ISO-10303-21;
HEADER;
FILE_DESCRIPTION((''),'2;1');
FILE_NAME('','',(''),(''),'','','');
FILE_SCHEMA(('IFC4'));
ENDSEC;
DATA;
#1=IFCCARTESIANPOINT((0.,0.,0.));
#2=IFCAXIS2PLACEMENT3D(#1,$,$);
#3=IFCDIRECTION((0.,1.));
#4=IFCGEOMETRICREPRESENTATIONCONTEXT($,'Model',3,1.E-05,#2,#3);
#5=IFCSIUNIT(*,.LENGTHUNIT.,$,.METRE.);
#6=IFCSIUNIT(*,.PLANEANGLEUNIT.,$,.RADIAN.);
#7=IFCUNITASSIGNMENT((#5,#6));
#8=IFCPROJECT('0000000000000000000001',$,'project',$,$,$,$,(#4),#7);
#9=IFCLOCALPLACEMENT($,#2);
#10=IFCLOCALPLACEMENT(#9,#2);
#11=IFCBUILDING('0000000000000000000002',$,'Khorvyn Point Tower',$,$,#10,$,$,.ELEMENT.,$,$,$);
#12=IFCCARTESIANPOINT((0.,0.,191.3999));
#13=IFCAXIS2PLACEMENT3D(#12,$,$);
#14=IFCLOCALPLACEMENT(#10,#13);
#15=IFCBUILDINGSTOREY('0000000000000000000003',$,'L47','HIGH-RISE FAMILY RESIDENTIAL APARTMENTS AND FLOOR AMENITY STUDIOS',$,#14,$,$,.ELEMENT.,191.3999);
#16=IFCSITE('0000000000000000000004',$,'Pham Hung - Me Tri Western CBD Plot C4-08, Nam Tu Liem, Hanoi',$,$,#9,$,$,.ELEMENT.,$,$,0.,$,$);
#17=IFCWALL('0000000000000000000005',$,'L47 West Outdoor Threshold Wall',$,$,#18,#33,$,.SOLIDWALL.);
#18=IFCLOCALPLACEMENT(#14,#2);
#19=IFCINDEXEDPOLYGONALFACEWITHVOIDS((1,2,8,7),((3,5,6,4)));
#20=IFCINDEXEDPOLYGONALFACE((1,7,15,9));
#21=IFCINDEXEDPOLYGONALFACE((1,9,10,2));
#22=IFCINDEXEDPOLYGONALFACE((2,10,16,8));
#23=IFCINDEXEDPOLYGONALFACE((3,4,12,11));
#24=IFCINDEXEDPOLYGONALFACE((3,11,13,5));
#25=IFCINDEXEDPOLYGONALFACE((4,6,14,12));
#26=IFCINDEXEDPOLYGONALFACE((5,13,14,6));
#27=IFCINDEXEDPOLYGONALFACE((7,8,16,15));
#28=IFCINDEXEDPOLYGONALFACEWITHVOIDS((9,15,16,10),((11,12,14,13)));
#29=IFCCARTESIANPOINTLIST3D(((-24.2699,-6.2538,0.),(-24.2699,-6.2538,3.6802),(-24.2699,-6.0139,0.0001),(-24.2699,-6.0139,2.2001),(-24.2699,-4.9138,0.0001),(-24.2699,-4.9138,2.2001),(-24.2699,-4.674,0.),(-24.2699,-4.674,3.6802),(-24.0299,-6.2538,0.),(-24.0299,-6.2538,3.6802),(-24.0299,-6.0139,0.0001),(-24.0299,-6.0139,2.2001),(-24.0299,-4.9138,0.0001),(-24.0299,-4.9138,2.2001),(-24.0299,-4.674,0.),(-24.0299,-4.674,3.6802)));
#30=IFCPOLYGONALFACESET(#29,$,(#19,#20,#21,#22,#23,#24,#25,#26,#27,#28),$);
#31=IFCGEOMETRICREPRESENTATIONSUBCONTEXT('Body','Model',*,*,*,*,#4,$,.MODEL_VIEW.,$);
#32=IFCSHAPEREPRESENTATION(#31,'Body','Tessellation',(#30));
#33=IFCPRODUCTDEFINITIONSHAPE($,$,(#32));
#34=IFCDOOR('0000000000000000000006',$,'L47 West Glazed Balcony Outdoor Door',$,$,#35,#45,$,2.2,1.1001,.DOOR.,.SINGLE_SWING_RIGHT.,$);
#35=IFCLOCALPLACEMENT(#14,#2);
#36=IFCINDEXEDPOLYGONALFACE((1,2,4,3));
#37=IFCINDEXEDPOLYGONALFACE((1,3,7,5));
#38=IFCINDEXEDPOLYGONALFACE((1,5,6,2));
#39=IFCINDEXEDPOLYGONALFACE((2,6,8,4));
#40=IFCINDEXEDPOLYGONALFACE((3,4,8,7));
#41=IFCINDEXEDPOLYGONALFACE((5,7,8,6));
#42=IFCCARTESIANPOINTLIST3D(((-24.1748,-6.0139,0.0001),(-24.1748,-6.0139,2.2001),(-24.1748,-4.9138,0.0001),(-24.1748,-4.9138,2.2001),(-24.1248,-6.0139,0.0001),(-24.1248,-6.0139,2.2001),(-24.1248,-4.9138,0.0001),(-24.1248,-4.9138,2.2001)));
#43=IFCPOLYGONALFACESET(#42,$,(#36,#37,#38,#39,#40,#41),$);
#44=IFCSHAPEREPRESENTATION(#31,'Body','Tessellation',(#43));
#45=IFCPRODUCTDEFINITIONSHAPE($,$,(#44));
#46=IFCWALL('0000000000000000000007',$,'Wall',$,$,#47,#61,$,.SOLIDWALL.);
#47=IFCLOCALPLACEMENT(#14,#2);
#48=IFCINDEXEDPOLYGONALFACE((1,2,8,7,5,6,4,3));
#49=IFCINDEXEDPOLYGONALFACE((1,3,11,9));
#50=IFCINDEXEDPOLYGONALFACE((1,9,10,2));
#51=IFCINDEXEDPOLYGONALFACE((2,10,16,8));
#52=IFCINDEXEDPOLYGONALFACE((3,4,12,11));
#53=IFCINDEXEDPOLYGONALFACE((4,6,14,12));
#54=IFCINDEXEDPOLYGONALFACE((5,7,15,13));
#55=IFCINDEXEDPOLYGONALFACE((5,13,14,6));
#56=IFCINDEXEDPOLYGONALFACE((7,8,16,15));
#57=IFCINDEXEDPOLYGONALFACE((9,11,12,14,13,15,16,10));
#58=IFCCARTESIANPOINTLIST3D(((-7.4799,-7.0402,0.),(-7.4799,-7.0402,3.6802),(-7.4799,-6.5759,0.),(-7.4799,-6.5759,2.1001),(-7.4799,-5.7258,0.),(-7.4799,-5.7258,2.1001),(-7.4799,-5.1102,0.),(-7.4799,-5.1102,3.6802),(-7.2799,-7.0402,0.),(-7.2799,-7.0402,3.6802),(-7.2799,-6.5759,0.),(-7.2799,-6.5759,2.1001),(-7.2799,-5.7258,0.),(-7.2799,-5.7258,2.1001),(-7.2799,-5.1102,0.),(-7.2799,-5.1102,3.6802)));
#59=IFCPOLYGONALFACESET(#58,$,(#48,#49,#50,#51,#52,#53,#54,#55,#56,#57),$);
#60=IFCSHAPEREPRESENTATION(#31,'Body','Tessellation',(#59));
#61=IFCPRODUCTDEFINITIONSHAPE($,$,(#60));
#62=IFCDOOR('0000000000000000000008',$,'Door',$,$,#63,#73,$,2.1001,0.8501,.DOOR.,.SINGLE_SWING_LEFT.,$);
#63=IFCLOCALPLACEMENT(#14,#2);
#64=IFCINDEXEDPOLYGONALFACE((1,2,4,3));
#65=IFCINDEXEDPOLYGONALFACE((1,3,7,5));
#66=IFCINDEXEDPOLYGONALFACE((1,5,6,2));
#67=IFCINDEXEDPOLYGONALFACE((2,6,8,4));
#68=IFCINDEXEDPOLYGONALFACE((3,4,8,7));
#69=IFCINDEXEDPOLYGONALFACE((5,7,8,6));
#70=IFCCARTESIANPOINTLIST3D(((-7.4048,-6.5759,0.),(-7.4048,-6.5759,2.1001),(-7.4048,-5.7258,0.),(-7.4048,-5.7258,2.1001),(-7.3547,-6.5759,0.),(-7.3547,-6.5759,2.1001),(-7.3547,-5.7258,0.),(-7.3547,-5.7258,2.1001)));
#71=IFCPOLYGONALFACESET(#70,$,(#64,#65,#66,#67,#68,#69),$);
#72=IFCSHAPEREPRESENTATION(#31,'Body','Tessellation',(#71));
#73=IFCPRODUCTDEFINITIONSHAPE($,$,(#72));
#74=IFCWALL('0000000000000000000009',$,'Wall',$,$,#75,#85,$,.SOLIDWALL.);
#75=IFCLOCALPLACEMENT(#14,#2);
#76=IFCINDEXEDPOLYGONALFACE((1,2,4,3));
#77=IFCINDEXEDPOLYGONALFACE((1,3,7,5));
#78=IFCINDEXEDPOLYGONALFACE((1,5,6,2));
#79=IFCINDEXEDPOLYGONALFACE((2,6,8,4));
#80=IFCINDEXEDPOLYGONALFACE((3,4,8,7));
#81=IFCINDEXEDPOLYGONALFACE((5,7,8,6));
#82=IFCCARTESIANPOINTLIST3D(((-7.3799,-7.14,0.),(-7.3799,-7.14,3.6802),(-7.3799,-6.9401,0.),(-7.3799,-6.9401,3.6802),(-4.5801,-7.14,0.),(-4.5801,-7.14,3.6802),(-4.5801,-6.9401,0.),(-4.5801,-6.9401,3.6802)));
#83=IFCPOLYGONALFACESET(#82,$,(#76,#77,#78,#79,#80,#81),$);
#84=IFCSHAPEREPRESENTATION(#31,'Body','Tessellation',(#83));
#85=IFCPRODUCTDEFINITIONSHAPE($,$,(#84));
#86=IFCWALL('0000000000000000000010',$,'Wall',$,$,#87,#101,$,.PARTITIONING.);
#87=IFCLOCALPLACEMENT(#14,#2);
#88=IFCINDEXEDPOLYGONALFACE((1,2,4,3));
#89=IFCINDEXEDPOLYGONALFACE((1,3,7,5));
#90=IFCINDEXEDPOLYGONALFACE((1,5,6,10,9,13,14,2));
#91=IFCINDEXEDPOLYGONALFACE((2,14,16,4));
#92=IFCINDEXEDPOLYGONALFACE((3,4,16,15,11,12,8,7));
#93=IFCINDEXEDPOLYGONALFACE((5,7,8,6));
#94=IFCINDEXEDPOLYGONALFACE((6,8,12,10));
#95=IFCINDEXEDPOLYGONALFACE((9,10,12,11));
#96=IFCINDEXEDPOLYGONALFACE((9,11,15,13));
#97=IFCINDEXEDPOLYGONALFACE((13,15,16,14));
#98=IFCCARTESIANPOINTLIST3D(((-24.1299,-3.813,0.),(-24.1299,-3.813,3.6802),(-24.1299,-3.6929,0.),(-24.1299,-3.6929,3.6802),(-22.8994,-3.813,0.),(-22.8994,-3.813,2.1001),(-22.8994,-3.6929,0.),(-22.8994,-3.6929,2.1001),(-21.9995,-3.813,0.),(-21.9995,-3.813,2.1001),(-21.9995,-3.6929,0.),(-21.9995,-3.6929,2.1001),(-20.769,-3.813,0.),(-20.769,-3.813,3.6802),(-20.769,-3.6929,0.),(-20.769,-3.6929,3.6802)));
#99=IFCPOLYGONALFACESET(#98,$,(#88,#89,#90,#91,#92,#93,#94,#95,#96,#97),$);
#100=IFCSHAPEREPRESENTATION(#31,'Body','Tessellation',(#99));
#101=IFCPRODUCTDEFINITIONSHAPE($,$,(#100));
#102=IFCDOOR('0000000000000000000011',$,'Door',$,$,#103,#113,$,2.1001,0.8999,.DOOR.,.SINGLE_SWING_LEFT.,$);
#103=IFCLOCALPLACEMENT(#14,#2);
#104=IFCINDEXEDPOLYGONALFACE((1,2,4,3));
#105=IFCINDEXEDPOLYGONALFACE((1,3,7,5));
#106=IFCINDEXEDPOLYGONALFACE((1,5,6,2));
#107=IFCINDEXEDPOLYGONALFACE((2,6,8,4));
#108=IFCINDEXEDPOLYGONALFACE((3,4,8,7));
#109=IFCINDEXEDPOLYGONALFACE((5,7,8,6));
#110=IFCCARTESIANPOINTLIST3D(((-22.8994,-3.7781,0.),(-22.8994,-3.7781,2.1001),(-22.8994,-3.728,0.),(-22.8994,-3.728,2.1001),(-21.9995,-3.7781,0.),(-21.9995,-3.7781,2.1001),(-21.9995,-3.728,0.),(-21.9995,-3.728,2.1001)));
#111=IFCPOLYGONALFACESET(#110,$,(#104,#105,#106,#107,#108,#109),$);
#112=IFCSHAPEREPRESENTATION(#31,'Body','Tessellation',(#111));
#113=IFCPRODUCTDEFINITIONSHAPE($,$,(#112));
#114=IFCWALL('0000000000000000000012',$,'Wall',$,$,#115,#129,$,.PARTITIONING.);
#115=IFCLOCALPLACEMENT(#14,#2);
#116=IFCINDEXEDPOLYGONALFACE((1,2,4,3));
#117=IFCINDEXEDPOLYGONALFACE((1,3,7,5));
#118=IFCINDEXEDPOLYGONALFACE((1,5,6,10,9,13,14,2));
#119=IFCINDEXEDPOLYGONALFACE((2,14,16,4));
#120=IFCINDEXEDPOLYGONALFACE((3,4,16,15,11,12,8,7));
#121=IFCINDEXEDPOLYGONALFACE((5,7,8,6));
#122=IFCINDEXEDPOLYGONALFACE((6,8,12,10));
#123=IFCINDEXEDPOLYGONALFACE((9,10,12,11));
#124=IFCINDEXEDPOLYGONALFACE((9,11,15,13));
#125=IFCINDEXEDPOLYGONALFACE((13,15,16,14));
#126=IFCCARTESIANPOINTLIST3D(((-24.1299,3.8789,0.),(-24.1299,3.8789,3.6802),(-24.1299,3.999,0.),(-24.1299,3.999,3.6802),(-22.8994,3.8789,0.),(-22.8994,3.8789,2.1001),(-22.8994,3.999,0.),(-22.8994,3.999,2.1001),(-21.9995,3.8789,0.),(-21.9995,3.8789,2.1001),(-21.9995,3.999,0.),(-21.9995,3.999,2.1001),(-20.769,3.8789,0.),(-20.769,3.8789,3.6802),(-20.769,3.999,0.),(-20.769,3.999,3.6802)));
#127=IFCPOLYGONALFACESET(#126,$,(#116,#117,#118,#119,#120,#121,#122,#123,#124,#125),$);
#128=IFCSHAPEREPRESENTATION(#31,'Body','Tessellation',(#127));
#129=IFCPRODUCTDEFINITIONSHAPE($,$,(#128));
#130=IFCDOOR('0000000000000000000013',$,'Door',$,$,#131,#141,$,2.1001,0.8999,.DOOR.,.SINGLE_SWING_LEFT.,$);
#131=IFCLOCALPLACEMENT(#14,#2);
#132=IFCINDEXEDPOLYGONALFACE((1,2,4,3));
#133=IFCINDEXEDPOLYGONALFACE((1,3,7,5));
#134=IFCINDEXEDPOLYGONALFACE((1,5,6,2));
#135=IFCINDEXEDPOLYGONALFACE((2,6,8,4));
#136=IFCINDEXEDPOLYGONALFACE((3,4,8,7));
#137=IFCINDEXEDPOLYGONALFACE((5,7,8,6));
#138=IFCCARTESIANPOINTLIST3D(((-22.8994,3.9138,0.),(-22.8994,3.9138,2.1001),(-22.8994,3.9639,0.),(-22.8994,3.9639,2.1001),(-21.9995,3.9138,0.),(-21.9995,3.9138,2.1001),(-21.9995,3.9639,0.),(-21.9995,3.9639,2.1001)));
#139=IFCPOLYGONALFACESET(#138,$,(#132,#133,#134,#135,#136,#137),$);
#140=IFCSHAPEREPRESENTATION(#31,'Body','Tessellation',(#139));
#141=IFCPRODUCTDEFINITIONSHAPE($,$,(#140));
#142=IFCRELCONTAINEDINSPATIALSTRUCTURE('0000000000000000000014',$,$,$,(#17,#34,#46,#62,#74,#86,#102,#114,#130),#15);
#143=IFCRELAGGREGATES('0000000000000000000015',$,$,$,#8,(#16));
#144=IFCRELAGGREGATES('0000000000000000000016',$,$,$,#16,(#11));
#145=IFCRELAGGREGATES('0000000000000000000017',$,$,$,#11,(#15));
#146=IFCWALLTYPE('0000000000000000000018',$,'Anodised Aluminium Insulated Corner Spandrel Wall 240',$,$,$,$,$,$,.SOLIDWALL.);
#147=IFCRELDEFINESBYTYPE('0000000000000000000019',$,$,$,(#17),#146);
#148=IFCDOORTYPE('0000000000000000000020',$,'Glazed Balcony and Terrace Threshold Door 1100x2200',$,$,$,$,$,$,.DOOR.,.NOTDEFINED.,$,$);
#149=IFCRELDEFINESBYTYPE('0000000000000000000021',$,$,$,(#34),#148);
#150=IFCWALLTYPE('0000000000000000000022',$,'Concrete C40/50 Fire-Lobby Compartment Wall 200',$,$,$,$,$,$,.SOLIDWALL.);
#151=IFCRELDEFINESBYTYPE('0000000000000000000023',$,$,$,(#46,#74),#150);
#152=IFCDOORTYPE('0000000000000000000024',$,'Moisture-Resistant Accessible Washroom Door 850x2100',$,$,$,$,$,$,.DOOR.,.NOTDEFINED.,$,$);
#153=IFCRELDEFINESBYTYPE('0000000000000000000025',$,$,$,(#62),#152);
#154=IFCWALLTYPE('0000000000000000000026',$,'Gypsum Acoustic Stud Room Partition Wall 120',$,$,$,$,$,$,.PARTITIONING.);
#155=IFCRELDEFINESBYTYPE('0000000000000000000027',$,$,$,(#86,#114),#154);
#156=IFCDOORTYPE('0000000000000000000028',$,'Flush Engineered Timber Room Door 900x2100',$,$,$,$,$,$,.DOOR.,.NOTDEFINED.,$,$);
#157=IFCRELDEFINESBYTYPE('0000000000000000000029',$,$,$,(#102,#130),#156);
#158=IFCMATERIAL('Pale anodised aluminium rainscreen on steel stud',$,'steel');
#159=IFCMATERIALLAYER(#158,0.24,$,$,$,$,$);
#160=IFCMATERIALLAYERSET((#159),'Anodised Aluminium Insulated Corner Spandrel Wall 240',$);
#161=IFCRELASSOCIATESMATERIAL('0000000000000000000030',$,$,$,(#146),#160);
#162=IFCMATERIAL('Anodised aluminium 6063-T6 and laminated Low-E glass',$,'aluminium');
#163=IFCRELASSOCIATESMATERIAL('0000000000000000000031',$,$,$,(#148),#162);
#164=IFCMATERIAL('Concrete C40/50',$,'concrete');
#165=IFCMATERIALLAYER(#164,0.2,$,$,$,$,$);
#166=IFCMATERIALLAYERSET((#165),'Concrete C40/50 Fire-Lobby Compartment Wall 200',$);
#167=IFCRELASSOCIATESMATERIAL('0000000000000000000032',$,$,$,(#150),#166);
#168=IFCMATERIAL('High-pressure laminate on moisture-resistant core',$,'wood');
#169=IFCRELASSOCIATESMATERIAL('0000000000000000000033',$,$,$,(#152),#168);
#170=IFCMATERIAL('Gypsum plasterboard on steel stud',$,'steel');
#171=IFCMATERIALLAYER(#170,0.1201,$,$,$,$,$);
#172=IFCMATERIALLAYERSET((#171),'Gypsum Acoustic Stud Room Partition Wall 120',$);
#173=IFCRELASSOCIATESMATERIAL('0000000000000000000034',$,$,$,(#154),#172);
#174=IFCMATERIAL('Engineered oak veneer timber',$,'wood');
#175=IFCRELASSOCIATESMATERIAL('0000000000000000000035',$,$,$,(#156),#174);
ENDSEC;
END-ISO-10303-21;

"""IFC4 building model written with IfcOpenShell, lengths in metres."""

from ifc_helpers import new_model, si_unit, direction, frame, frame_2d, origin, place, context, subcontext, project, spatial, rectangle, extrude, material, layer, layer_set, type_object, element, fill, save


model = new_model("IFC4")

# Units and contexts
model_context = context("Model", 3, precision=1e-05, world=origin(), true_north=direction((0.0, 1.0)))
body_context = subcontext(model_context, "Body", "Model", "MODEL_VIEW")
ifc_project = project(units=[si_unit("LENGTHUNIT", "METRE"), si_unit("PLANEANGLEUNIT", "RADIAN")], contexts=[model_context])

# Site, building, storey
site_placement = place(None, origin())
site = spatial("IfcSite", under=ifc_project, at=site_placement, Name="Pham Hung - Me Tri Western CBD Plot C4-08, Nam Tu Liem, Hanoi", CompositionType="ELEMENT", RefElevation=0.0)
building_placement = place(site_placement, origin())
building = spatial("IfcBuilding", under=site, at=building_placement, Name="Khorvyn Point Tower", CompositionType="ELEMENT")
storey_placement = place(building_placement, frame((0.0, 0.0, 191.3999)))
storey = spatial("IfcBuildingStorey", under=building, at=storey_placement, Name="L47", Description="HIGH-RISE FAMILY RESIDENTIAL APARTMENTS AND FLOOR AMENITY STUDIOS", CompositionType="ELEMENT", Elevation=191.3999)

# Shared definitions
ifc_material_1 = material(Name="Anodised aluminium 6063-T6 and laminated Low-E glass", Category="aluminium")

# Walls, openings, doors
ifc_material_2 = material(Name="Pale anodised aluminium rainscreen on steel stud", Category="steel")
ifc_layer_1 = layer(ifc_material_2, 0.24)
ifc_layer_set_1 = layer_set([ifc_layer_1], Name="Anodised Aluminium Insulated Corner Spandrel Wall 240")
wall_type_1 = type_object("IfcWallType", Name="Anodised Aluminium Insulated Corner Spandrel Wall 240", PredefinedType="SOLIDWALL", material=ifc_layer_set_1)
wall_1_placement = place(storey_placement, frame((-24.1499, -6.2539, 0.0), z_axis=(0.0, 0.0, 1.0), x_axis=(0.0, 1.0, 0.0)))
wall_1 = element("IfcWall", 1, at=wall_1_placement, inside=storey, type_object=wall_type_1, Name="L47 West Outdoor Threshold Wall", PredefinedType="SOLIDWALL", context=body_context, shape_type="SweptSolid", body=[
    extrude(rectangle(XDim=1.5798, YDim=0.24, at=frame_2d((0.79, 0.0))), origin(), (0.0, 0.0, 1.0), 3.6802),
])
opening_1_placement = place(wall_1_placement, frame((0.24, 0.0, 0.0)))
opening_1 = element("IfcOpeningElement", 2, at=opening_1_placement, cuts=wall_1, PredefinedType="OPENING", context=body_context, shape_type="SweptSolid", body=[
    extrude(rectangle(XDim=1.1001, YDim=2.2, at=frame_2d((0.55, 1.1001))), frame((0.0, 0.1299, 0.0), z_axis=(0.0, -1.0, 0.0), x_axis=(1.0, 0.0, 0.0)), (0.0, 0.0, 1.0), 0.26),
])
door_type_1 = type_object("IfcDoorType", Name="Glazed Balcony and Terrace Threshold Door 1100x2200", OperationType="NOTDEFINED", PredefinedType="DOOR", material=ifc_material_1)
door_1_placement = place(opening_1_placement, origin())
door_1 = element("IfcDoor", 3, at=door_1_placement, inside=storey, type_object=door_type_1, Name="L47 West Glazed Balcony Outdoor Door", OperationType="SINGLE_SWING_RIGHT", OverallHeight=2.2, OverallWidth=1.1001, PredefinedType="DOOR", context=body_context, shape_type="SweptSolid", body=[
    extrude(rectangle(XDim=1.1001, YDim=2.2, at=frame_2d((0.55, 1.1001))), frame((0.0, 0.0249, 0.0), z_axis=(0.0, -1.0, 0.0), x_axis=(1.0, 0.0, 0.0)), (0.0, 0.0, 1.0), 0.05),
])
fill(opening_1, door_1)
ifc_material_3 = material(Name="Concrete C40/50", Category="concrete")
ifc_layer_2 = layer(ifc_material_3, 0.2)
ifc_layer_set_2 = layer_set([ifc_layer_2], Name="Concrete C40/50 Fire-Lobby Compartment Wall 200")
wall_type_2 = type_object("IfcWallType", Name="Concrete C40/50 Fire-Lobby Compartment Wall 200", PredefinedType="SOLIDWALL", material=ifc_layer_set_2)
wall_2_placement = place(storey_placement, frame((-7.3799, -7.04, 0.0), z_axis=(0.0, 0.0, 1.0), x_axis=(0.0, 1.0, 0.0)))
wall_2 = element("IfcWall", 4, at=wall_2_placement, inside=storey, type_object=wall_type_2, Name="Wall", PredefinedType="SOLIDWALL", context=body_context, shape_type="SweptSolid", body=[
    extrude(rectangle(XDim=1.9299, YDim=0.2, at=frame_2d((0.9648, 0.0))), origin(), (0.0, 0.0, 1.0), 3.6802),
])
opening_2_placement = place(wall_2_placement, frame((0.4641, 0.0, 0.0)))
opening_2 = element("IfcOpeningElement", 5, at=opening_2_placement, cuts=wall_2, PredefinedType="OPENING", context=body_context, shape_type="SweptSolid", body=[
    extrude(rectangle(XDim=0.8501, YDim=2.1001, at=frame_2d((0.425, 1.05))), frame((0.0, 0.1099, 0.0), z_axis=(0.0, -1.0, 0.0), x_axis=(1.0, 0.0, 0.0)), (0.0, 0.0, 1.0), 0.22),
])
ifc_material_4 = material(Name="High-pressure laminate on moisture-resistant core", Category="wood")
door_type_2 = type_object("IfcDoorType", Name="Moisture-Resistant Accessible Washroom Door 850x2100", OperationType="NOTDEFINED", PredefinedType="DOOR", material=ifc_material_4)
door_2_placement = place(opening_2_placement, origin())
door_2 = element("IfcDoor", 6, at=door_2_placement, inside=storey, type_object=door_type_2, Name="Door", OperationType="SINGLE_SWING_LEFT", OverallHeight=2.1001, OverallWidth=0.8501, PredefinedType="DOOR", context=body_context, shape_type="SweptSolid", body=[
    extrude(rectangle(XDim=0.8501, YDim=2.1001, at=frame_2d((0.425, 1.05))), frame((0.0, 0.0249, 0.0), z_axis=(0.0, -1.0, 0.0), x_axis=(1.0, 0.0, 0.0)), (0.0, 0.0, 1.0), 0.05),
])
fill(opening_2, door_2)

# Wall
wall_3_placement = place(storey_placement, frame((-7.3799, -7.04, 0.0), z_axis=(0.0, 0.0, 1.0), x_axis=(1.0, 0.0, 0.0)))
element("IfcWall", 7, at=wall_3_placement, inside=storey, type_object=wall_type_2, Name="Wall", PredefinedType="SOLIDWALL", context=body_context, shape_type="SweptSolid", body=[
    extrude(rectangle(XDim=2.7998, YDim=0.2, at=frame_2d((1.3999, 0.0))), origin(), (0.0, 0.0, 1.0), 3.6802),
])

# Walls, openings, doors
ifc_material_5 = material(Name="Gypsum plasterboard on steel stud", Category="steel")
ifc_layer_3 = layer(ifc_material_5, 0.1201)
ifc_layer_set_3 = layer_set([ifc_layer_3], Name="Gypsum Acoustic Stud Room Partition Wall 120")
wall_type_3 = type_object("IfcWallType", Name="Gypsum Acoustic Stud Room Partition Wall 120", PredefinedType="PARTITIONING", material=ifc_layer_set_3)
wall_4_placement = place(storey_placement, frame((-24.1299, -3.7529, 0.0), z_axis=(0.0, 0.0, 1.0), x_axis=(1.0, 0.0, 0.0)))
wall_4 = element("IfcWall", 8, at=wall_4_placement, inside=storey, type_object=wall_type_3, Name="Wall", PredefinedType="PARTITIONING", context=body_context, shape_type="SweptSolid", body=[
    extrude(rectangle(XDim=3.3608, YDim=0.1201, at=frame_2d((1.6804, 0.0))), origin(), (0.0, 0.0, 1.0), 3.6802),
])
opening_3_placement = place(wall_4_placement, frame((1.2305, 0.0, 0.0)))
opening_3 = element("IfcOpeningElement", 9, at=opening_3_placement, cuts=wall_4, PredefinedType="OPENING", context=body_context, shape_type="SweptSolid", body=[
    extrude(rectangle(XDim=0.8999, YDim=2.1001, at=frame_2d((0.45, 1.05))), frame((0.0, 0.0701, 0.0), z_axis=(0.0, -1.0, 0.0), x_axis=(1.0, 0.0, 0.0)), (0.0, 0.0, 1.0), 0.1401),
])
ifc_material_6 = material(Name="Engineered oak veneer timber", Category="wood")
door_type_3 = type_object("IfcDoorType", Name="Flush Engineered Timber Room Door 900x2100", OperationType="NOTDEFINED", PredefinedType="DOOR", material=ifc_material_6)
door_3_placement = place(opening_3_placement, origin())
door_3 = element("IfcDoor", 10, at=door_3_placement, inside=storey, type_object=door_type_3, Name="Door", OperationType="SINGLE_SWING_LEFT", OverallHeight=2.1001, OverallWidth=0.8999, PredefinedType="DOOR", context=body_context, shape_type="SweptSolid", body=[
    extrude(rectangle(XDim=0.8999, YDim=2.1001, at=frame_2d((0.45, 1.05))), frame((0.0, 0.0249, 0.0), z_axis=(0.0, -1.0, 0.0), x_axis=(1.0, 0.0, 0.0)), (0.0, 0.0, 1.0), 0.05),
])
fill(opening_3, door_3)
wall_5_placement = place(storey_placement, frame((-24.1299, 3.939, 0.0), z_axis=(0.0, 0.0, 1.0), x_axis=(1.0, 0.0, 0.0)))
wall_5 = element("IfcWall", 11, at=wall_5_placement, inside=storey, type_object=wall_type_3, Name="Wall", PredefinedType="PARTITIONING", context=body_context, shape_type="SweptSolid", body=[
    extrude(rectangle(XDim=3.3608, YDim=0.1201, at=frame_2d((1.6804, 0.0))), origin(), (0.0, 0.0, 1.0), 3.6802),
])
opening_4_placement = place(wall_5_placement, frame((1.2305, 0.0, 0.0)))
opening_4 = element("IfcOpeningElement", 12, at=opening_4_placement, cuts=wall_5, PredefinedType="OPENING", context=body_context, shape_type="SweptSolid", body=[
    extrude(rectangle(XDim=0.8999, YDim=2.1001, at=frame_2d((0.45, 1.05))), frame((0.0, 0.0701, 0.0), z_axis=(0.0, -1.0, 0.0), x_axis=(1.0, 0.0, 0.0)), (0.0, 0.0, 1.0), 0.1401),
])
door_4_placement = place(opening_4_placement, origin())
door_4 = element("IfcDoor", 13, at=door_4_placement, inside=storey, type_object=door_type_3, Name="Door", OperationType="SINGLE_SWING_LEFT", OverallHeight=2.1001, OverallWidth=0.8999, PredefinedType="DOOR", context=body_context, shape_type="SweptSolid", body=[
    extrude(rectangle(XDim=0.8999, YDim=2.1001, at=frame_2d((0.45, 1.05))), frame((0.0, 0.0249, 0.0), z_axis=(0.0, -1.0, 0.0), x_axis=(1.0, 0.0, 0.0)), (0.0, 0.0, 1.0), 0.05),
])
fill(opening_4, door_4)

save(model, "model.ifc")
